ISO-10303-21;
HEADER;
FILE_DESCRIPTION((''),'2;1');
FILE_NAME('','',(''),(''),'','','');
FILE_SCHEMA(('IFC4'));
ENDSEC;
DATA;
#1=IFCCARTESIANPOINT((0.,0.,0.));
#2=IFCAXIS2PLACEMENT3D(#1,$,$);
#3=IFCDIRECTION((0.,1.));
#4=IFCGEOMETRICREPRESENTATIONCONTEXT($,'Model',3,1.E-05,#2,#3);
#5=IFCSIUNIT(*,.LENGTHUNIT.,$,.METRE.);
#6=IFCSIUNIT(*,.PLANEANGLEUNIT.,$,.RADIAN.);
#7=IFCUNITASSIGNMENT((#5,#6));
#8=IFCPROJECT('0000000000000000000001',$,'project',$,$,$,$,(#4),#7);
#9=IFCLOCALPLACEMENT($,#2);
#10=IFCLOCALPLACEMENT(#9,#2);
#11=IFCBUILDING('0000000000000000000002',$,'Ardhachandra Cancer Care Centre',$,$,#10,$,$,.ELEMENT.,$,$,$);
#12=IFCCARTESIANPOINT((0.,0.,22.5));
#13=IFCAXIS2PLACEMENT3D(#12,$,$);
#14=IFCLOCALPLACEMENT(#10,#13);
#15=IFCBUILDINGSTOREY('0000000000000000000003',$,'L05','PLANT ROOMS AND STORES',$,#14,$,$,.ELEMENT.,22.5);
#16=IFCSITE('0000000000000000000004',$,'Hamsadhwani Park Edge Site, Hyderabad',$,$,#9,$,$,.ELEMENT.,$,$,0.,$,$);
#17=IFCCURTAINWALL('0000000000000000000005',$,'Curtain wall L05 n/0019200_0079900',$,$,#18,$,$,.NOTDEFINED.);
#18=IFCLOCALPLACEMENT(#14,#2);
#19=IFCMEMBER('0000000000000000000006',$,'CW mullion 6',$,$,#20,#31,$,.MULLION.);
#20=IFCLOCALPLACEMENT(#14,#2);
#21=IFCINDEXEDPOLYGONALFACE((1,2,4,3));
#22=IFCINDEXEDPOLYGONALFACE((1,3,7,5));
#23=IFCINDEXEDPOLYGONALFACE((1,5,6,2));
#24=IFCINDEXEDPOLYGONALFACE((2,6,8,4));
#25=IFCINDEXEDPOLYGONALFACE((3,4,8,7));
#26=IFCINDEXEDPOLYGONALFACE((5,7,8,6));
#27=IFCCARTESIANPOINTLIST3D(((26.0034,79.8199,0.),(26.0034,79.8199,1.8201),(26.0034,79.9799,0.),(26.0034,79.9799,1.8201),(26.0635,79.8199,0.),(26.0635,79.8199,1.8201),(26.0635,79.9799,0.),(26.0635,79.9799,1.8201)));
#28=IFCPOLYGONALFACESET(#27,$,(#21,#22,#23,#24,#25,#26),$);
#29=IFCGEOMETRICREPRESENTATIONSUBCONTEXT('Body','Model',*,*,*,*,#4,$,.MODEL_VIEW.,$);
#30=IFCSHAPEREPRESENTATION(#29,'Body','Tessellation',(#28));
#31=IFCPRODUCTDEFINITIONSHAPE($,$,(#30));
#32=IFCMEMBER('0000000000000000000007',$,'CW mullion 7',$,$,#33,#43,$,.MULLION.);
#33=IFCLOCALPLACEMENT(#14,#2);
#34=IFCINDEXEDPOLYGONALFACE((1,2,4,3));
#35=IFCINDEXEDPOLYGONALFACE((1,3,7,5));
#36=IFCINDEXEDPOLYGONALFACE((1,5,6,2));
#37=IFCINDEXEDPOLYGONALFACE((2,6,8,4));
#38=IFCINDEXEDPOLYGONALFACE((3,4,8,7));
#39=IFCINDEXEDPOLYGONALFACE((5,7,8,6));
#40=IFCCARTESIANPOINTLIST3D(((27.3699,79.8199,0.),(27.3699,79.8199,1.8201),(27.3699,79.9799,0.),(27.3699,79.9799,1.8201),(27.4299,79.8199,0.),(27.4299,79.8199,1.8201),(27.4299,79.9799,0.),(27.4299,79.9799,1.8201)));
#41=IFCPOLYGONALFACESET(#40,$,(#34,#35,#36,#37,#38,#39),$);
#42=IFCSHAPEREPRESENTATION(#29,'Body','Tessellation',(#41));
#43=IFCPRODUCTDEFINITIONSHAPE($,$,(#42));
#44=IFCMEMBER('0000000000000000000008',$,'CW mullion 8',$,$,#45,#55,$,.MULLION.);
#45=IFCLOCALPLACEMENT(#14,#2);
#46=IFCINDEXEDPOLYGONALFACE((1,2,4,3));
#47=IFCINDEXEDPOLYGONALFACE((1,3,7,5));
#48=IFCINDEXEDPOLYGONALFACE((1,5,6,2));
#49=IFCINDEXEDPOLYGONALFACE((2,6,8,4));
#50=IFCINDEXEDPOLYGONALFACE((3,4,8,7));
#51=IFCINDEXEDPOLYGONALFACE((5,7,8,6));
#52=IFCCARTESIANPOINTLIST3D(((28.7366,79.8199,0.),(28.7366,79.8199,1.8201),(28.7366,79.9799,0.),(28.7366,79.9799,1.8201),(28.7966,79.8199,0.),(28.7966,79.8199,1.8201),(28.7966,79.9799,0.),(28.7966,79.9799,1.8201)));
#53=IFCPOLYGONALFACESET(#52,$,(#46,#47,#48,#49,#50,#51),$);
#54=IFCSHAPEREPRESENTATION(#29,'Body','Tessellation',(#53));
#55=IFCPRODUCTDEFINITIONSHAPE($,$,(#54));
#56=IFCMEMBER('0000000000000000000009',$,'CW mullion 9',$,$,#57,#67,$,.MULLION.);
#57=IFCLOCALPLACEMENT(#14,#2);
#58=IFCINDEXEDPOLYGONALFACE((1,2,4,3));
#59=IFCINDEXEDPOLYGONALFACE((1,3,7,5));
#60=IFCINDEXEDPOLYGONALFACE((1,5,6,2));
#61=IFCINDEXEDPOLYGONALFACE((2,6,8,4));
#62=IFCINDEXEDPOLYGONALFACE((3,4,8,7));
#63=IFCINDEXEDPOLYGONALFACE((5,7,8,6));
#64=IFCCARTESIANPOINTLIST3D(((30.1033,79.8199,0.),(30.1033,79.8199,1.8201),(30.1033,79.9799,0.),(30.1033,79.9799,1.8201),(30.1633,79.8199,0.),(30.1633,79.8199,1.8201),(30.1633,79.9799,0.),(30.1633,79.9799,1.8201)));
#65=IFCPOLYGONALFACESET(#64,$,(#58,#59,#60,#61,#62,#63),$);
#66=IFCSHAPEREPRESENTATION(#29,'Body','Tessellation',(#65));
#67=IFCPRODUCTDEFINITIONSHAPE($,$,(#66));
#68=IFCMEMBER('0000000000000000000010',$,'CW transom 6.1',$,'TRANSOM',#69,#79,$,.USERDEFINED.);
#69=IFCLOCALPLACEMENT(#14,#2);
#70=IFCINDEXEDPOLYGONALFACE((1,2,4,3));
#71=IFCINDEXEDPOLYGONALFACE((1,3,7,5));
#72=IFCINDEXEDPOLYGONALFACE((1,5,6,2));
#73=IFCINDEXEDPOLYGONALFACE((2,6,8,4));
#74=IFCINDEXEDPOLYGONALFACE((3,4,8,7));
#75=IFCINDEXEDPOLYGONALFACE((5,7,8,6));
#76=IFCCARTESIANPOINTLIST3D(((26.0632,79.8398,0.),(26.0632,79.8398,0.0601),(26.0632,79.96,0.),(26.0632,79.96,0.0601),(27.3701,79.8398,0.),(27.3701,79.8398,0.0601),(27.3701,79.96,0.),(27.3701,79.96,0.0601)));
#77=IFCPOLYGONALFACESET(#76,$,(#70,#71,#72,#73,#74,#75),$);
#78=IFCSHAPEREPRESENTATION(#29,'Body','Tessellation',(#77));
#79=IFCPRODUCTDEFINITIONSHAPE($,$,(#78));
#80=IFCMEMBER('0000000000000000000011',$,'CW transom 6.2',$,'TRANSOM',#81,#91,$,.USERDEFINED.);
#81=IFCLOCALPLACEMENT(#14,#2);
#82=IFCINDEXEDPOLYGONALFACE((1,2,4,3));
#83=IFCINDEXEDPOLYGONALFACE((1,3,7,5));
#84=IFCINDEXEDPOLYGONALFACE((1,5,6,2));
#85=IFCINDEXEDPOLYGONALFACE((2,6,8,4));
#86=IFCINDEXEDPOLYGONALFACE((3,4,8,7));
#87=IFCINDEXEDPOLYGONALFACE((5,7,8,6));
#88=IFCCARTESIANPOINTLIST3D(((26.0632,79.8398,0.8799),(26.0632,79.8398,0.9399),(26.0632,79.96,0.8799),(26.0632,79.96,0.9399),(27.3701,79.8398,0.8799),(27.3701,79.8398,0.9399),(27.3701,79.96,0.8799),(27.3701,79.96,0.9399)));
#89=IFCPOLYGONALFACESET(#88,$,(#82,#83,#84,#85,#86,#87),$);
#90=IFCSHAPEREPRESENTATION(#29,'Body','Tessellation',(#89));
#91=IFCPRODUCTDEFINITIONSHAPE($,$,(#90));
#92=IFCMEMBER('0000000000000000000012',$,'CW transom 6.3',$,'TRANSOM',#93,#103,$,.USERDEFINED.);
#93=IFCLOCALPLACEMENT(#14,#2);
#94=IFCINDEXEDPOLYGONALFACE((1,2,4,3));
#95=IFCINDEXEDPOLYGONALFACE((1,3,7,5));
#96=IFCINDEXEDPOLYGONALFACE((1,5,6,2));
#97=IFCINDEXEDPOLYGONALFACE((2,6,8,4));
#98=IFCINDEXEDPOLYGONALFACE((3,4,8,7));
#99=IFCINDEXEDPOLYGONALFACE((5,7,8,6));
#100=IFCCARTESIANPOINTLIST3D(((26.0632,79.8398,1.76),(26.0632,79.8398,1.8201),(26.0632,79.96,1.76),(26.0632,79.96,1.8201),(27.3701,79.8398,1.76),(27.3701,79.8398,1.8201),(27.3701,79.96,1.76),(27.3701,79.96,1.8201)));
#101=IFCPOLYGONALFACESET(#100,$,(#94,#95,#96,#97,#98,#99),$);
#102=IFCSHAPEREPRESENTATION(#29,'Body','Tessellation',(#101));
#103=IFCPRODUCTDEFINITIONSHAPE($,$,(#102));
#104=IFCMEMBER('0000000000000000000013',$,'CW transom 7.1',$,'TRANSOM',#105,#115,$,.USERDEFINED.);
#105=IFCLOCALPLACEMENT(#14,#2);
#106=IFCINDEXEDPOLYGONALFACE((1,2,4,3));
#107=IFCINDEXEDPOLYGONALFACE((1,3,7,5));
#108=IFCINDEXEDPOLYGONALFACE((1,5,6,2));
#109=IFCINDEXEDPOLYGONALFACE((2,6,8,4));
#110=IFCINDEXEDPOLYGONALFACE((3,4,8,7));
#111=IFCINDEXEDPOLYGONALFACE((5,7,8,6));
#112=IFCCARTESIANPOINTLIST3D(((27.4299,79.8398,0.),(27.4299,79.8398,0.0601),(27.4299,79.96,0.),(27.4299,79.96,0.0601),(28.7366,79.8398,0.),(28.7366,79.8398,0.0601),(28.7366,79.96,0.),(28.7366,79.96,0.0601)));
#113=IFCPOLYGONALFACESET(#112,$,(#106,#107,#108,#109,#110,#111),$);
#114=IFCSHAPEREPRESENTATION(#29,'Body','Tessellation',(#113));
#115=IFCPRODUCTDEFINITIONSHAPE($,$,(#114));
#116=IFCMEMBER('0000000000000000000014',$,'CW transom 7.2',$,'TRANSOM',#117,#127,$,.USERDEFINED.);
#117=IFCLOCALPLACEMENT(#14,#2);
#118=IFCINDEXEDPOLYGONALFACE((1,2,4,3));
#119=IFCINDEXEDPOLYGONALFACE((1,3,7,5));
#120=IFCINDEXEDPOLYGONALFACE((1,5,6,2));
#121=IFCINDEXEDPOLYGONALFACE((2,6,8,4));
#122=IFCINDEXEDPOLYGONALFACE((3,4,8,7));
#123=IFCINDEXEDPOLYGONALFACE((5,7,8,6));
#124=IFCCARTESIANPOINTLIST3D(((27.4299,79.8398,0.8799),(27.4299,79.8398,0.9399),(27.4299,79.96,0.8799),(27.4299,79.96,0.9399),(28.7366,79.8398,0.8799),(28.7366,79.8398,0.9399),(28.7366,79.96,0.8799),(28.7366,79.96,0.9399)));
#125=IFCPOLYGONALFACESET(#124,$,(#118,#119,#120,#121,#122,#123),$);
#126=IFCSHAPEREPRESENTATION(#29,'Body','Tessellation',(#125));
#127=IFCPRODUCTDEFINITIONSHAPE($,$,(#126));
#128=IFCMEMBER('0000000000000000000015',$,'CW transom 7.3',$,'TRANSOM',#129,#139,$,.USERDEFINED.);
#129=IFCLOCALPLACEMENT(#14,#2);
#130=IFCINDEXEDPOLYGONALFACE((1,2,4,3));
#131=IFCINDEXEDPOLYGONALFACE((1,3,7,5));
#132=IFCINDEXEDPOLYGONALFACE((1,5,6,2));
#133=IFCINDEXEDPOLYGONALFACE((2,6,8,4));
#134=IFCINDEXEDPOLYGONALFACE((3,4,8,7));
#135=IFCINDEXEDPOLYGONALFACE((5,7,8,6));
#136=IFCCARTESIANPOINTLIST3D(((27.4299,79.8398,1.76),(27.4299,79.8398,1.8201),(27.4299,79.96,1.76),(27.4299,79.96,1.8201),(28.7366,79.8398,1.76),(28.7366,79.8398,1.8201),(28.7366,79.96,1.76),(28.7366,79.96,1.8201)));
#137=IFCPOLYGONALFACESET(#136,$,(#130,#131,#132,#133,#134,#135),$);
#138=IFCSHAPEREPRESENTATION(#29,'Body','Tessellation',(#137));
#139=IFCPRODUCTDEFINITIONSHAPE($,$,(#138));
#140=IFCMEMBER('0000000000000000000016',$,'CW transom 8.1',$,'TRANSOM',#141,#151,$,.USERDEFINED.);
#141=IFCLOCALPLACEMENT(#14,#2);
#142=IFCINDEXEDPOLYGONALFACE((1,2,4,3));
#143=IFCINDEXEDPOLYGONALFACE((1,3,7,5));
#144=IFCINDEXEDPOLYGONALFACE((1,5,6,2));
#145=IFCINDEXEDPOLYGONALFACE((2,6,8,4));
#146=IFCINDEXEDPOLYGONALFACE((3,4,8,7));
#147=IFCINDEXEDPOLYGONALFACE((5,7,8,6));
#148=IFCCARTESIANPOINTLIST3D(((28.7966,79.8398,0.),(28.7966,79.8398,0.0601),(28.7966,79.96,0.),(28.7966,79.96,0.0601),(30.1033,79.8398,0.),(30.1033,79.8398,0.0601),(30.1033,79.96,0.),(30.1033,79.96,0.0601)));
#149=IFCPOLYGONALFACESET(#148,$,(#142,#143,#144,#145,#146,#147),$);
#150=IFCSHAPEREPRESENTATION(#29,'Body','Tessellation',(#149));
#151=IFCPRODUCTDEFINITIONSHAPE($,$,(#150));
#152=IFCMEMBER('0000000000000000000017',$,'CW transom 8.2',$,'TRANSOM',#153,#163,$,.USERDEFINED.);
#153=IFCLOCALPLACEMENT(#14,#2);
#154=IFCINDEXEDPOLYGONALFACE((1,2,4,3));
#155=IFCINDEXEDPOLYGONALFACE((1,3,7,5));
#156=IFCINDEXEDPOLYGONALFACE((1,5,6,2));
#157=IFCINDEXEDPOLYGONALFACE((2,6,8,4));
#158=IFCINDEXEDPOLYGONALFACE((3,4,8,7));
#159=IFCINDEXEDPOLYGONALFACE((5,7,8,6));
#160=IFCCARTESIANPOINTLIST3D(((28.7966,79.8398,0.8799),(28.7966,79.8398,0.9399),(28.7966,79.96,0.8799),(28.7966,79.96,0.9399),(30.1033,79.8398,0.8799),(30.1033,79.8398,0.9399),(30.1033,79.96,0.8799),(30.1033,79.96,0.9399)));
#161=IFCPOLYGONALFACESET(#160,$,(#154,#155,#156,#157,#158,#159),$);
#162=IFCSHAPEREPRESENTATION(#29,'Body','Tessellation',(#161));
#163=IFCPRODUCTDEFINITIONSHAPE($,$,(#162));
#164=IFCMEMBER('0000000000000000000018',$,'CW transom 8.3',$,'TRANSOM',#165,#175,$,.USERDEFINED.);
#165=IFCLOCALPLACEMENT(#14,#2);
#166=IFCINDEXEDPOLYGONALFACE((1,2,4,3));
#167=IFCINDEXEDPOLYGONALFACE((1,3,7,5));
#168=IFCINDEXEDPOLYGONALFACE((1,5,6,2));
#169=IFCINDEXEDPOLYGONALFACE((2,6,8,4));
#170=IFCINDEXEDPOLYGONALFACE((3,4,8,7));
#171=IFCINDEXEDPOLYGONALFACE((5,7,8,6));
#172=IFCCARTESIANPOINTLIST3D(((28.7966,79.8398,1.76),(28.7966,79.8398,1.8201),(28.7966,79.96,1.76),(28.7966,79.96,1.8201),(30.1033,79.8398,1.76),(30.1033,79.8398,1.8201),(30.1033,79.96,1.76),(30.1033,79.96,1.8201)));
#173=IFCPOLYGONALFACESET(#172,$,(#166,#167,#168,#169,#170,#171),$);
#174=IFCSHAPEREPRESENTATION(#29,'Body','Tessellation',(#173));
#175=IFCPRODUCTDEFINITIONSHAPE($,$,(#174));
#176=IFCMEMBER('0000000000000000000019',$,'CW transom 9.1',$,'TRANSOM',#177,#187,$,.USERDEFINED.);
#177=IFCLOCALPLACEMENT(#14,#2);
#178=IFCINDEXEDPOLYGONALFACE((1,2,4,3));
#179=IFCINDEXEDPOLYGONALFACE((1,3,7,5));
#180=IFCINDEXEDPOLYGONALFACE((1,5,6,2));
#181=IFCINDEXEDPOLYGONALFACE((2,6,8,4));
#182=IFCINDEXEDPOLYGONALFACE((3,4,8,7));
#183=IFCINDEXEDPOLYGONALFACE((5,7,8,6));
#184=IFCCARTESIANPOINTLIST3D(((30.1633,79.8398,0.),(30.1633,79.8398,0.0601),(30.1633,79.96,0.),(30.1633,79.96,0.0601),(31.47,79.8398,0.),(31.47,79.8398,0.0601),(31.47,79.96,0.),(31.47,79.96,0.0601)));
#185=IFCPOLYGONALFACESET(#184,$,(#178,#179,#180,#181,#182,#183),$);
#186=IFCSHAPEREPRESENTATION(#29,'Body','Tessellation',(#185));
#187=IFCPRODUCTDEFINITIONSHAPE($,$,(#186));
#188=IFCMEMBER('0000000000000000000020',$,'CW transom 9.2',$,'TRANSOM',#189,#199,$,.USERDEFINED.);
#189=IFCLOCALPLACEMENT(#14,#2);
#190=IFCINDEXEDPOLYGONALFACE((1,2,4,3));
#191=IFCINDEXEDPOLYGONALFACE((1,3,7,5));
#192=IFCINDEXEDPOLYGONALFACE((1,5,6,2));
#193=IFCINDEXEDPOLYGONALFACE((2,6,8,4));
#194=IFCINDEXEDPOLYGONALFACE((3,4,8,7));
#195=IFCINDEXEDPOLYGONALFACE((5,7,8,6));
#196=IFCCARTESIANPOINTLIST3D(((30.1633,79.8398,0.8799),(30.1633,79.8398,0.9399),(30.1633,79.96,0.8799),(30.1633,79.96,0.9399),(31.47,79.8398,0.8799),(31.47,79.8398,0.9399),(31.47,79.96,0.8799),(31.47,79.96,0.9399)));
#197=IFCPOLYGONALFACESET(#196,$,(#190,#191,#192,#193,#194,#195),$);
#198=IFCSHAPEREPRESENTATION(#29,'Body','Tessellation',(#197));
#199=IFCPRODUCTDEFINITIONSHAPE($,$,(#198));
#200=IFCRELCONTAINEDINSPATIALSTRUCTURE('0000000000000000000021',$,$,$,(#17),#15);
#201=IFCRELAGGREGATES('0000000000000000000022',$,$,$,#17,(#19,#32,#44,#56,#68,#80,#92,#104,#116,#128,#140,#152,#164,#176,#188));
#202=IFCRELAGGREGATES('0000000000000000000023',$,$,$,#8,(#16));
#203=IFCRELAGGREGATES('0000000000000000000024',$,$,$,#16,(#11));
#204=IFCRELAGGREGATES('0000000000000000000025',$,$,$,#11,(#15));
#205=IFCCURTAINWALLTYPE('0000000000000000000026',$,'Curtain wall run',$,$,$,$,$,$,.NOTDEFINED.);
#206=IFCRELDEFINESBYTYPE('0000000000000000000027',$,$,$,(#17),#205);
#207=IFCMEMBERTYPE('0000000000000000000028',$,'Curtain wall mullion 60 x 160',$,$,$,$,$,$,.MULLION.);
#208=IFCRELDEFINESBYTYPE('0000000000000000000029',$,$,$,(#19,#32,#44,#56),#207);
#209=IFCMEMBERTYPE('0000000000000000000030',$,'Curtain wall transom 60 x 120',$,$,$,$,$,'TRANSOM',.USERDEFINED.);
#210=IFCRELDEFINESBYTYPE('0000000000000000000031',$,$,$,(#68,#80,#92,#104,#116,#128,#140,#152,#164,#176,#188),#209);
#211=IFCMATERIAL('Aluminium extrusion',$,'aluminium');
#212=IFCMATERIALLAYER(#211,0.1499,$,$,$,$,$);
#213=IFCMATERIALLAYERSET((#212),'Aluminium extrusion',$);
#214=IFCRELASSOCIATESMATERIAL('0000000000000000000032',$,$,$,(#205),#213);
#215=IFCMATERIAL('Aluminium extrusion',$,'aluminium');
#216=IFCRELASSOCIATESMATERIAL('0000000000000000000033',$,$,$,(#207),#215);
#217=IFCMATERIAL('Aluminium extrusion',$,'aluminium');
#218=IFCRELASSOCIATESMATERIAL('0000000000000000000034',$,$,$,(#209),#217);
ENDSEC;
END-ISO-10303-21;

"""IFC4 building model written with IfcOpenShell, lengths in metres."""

from ifc_helpers import new_model, si_unit, direction, frame, origin, origin_2d, place, context, subcontext, project, spatial, rectangle, extrude, material, layer, layer_set, material_profile, profile_set, type_object, element, aggregate, save


model = new_model("IFC4")

# Units and contexts
model_context = context("Model", 3, precision=1e-05, world=origin(), true_north=direction((0.0, 1.0)))
body_context = subcontext(model_context, "Body", "Model", "MODEL_VIEW")
ifc_project = project(units=[si_unit("LENGTHUNIT", "METRE"), si_unit("PLANEANGLEUNIT", "RADIAN")], contexts=[model_context])

# Site, building, storey
site_placement = place(None, origin())
site = spatial("IfcSite", under=ifc_project, at=site_placement, Name="Hamsadhwani Park Edge Site, Hyderabad", CompositionType="ELEMENT", RefElevation=0.0)
building_placement = place(site_placement, origin())
building = spatial("IfcBuilding", under=site, at=building_placement, Name="Ardhachandra Cancer Care Centre", CompositionType="ELEMENT")
storey_placement = place(building_placement, frame((0.0, 0.0, 22.5)))
storey = spatial("IfcBuildingStorey", under=building, at=storey_placement, Name="L05", Description="PLANT ROOMS AND STORES", CompositionType="ELEMENT", Elevation=22.5)

# Curtain wall, members
ifc_material_1 = material(Name="Aluminium extrusion", Category="aluminium")
ifc_layer_1 = layer(ifc_material_1, 0.1499)
ifc_layer_set_1 = layer_set([ifc_layer_1], Name="Aluminium extrusion")
curtain_wall_type = type_object("IfcCurtainWallType", Name="Curtain wall run", PredefinedType="NOTDEFINED", material=ifc_layer_set_1)
curtain_wall_placement = place(storey_placement, origin())
curtain_wall = element("IfcCurtainWall", 1, at=curtain_wall_placement, inside=storey, type_object=curtain_wall_type, Name="Curtain wall L05 n/0019200_0079900", PredefinedType="NOTDEFINED")
ifc_material_2 = material(Name="Aluminium extrusion", Category="aluminium")
ifc_material_profile_1 = material_profile(ifc_material_2, rectangle(XDim=0.1599, YDim=0.0601, at=origin_2d()), Name="Curtain wall mullion 60 x 160")
ifc_profile_set_1 = profile_set([ifc_material_profile_1], Name="Aluminium extrusion")
member_type_1 = type_object("IfcMemberType", Name="Curtain wall mullion 60 x 160", PredefinedType="MULLION", material=ifc_profile_set_1)
member_1_placement = place(storey_placement, frame((26.0334, 79.8999, 0.0), z_axis=(0.0, 0.0, 1.0), x_axis=(0.0, 1.0, 0.0)))
member_1 = element("IfcMember", 2, at=member_1_placement, type_object=member_type_1, Name="CW mullion 6", PredefinedType="MULLION", context=body_context, shape_type="SweptSolid", body=[
    extrude(rectangle(XDim=0.1599, YDim=0.0601, at=origin_2d()), origin(), (0.0, 0.0, 1.0), 1.8201),
])
member_2_placement = place(storey_placement, frame((27.3999, 79.8999, 0.0), z_axis=(0.0, 0.0, 1.0), x_axis=(0.0, 1.0, 0.0)))
member_2 = element("IfcMember", 3, at=member_2_placement, type_object=member_type_1, Name="CW mullion 7", PredefinedType="MULLION", context=body_context, shape_type="SweptSolid", body=[
    extrude(rectangle(XDim=0.1599, YDim=0.0601, at=origin_2d()), origin(), (0.0, 0.0, 1.0), 1.8201),
])
member_3_placement = place(storey_placement, frame((28.7666, 79.8999, 0.0), z_axis=(0.0, 0.0, 1.0), x_axis=(0.0, 1.0, 0.0)))
member_3 = element("IfcMember", 4, at=member_3_placement, type_object=member_type_1, Name="CW mullion 8", PredefinedType="MULLION", context=body_context, shape_type="SweptSolid", body=[
    extrude(rectangle(XDim=0.1599, YDim=0.0601, at=origin_2d()), origin(), (0.0, 0.0, 1.0), 1.8201),
])
member_4_placement = place(storey_placement, frame((30.1333, 79.8999, 0.0), z_axis=(0.0, 0.0, 1.0), x_axis=(0.0, 1.0, 0.0)))
member_4 = element("IfcMember", 5, at=member_4_placement, type_object=member_type_1, Name="CW mullion 9", PredefinedType="MULLION", context=body_context, shape_type="SweptSolid", body=[
    extrude(rectangle(XDim=0.1599, YDim=0.0601, at=origin_2d()), origin(), (0.0, 0.0, 1.0), 1.8201),
])
ifc_material_3 = material(Name="Aluminium extrusion", Category="aluminium")
ifc_material_profile_2 = material_profile(ifc_material_3, rectangle(XDim=0.1201, YDim=0.0601, at=origin_2d()), Name="Curtain wall transom 60 x 120")
ifc_profile_set_2 = profile_set([ifc_material_profile_2], Name="Aluminium extrusion")
member_type_2 = type_object("IfcMemberType", Name="Curtain wall transom 60 x 120", ElementType="TRANSOM", PredefinedType="USERDEFINED", material=ifc_profile_set_2)
member_5_placement = place(storey_placement, frame((26.0632, 79.8999, 0.03), z_axis=(1.0, 0.0, 0.0), x_axis=(0.0, 1.0, 0.0)))
member_5 = element("IfcMember", 6, at=member_5_placement, type_object=member_type_2, Name="CW transom 6.1", ObjectType="TRANSOM", PredefinedType="USERDEFINED", context=body_context, shape_type="SweptSolid", body=[
    extrude(rectangle(XDim=0.1201, YDim=0.0601, at=origin_2d()), origin(), (0.0, 0.0, 1.0), 1.3069),
])
member_6_placement = place(storey_placement, frame((26.0632, 79.8999, 0.9099), z_axis=(1.0, 0.0, 0.0), x_axis=(0.0, 1.0, 0.0)))
member_6 = element("IfcMember", 7, at=member_6_placement, type_object=member_type_2, Name="CW transom 6.2", ObjectType="TRANSOM", PredefinedType="USERDEFINED", context=body_context, shape_type="SweptSolid", body=[
    extrude(rectangle(XDim=0.1201, YDim=0.0601, at=origin_2d()), origin(), (0.0, 0.0, 1.0), 1.3069),
])
member_7_placement = place(storey_placement, frame((26.0632, 79.8999, 1.79), z_axis=(1.0, 0.0, 0.0), x_axis=(0.0, 1.0, 0.0)))
member_7 = element("IfcMember", 8, at=member_7_placement, type_object=member_type_2, Name="CW transom 6.3", ObjectType="TRANSOM", PredefinedType="USERDEFINED", context=body_context, shape_type="SweptSolid", body=[
    extrude(rectangle(XDim=0.1201, YDim=0.0601, at=origin_2d()), origin(), (0.0, 0.0, 1.0), 1.3069),
])
member_8_placement = place(storey_placement, frame((27.4299, 79.8999, 0.03), z_axis=(1.0, 0.0, 0.0), x_axis=(0.0, 1.0, 0.0)))
member_8 = element("IfcMember", 9, at=member_8_placement, type_object=member_type_2, Name="CW transom 7.1", ObjectType="TRANSOM", PredefinedType="USERDEFINED", context=body_context, shape_type="SweptSolid", body=[
    extrude(rectangle(XDim=0.1201, YDim=0.0601, at=origin_2d()), origin(), (0.0, 0.0, 1.0), 1.3066),
])
member_9_placement = place(storey_placement, frame((27.4299, 79.8999, 0.9099), z_axis=(1.0, 0.0, 0.0), x_axis=(0.0, 1.0, 0.0)))
member_9 = element("IfcMember", 10, at=member_9_placement, type_object=member_type_2, Name="CW transom 7.2", ObjectType="TRANSOM", PredefinedType="USERDEFINED", context=body_context, shape_type="SweptSolid", body=[
    extrude(rectangle(XDim=0.1201, YDim=0.0601, at=origin_2d()), origin(), (0.0, 0.0, 1.0), 1.3066),
])
member_10_placement = place(storey_placement, frame((27.4299, 79.8999, 1.79), z_axis=(1.0, 0.0, 0.0), x_axis=(0.0, 1.0, 0.0)))
member_10 = element("IfcMember", 11, at=member_10_placement, type_object=member_type_2, Name="CW transom 7.3", ObjectType="TRANSOM", PredefinedType="USERDEFINED", context=body_context, shape_type="SweptSolid", body=[
    extrude(rectangle(XDim=0.1201, YDim=0.0601, at=origin_2d()), origin(), (0.0, 0.0, 1.0), 1.3066),
])
member_11_placement = place(storey_placement, frame((28.7966, 79.8999, 0.03), z_axis=(1.0, 0.0, 0.0), x_axis=(0.0, 1.0, 0.0)))
member_11 = element("IfcMember", 12, at=member_11_placement, type_object=member_type_2, Name="CW transom 8.1", ObjectType="TRANSOM", PredefinedType="USERDEFINED", context=body_context, shape_type="SweptSolid", body=[
    extrude(rectangle(XDim=0.1201, YDim=0.0601, at=origin_2d()), origin(), (0.0, 0.0, 1.0), 1.3066),
])
member_12_placement = place(storey_placement, frame((28.7966, 79.8999, 0.9099), z_axis=(1.0, 0.0, 0.0), x_axis=(0.0, 1.0, 0.0)))
member_12 = element("IfcMember", 13, at=member_12_placement, type_object=member_type_2, Name="CW transom 8.2", ObjectType="TRANSOM", PredefinedType="USERDEFINED", context=body_context, shape_type="SweptSolid", body=[
    extrude(rectangle(XDim=0.1201, YDim=0.0601, at=origin_2d()), origin(), (0.0, 0.0, 1.0), 1.3066),
])
member_13_placement = place(storey_placement, frame((28.7966, 79.8999, 1.79), z_axis=(1.0, 0.0, 0.0), x_axis=(0.0, 1.0, 0.0)))
member_13 = element("IfcMember", 14, at=member_13_placement, type_object=member_type_2, Name="CW transom 8.3", ObjectType="TRANSOM", PredefinedType="USERDEFINED", context=body_context, shape_type="SweptSolid", body=[
    extrude(rectangle(XDim=0.1201, YDim=0.0601, at=origin_2d()), origin(), (0.0, 0.0, 1.0), 1.3066),
])
member_14_placement = place(storey_placement, frame((30.1633, 79.8999, 0.03), z_axis=(1.0, 0.0, 0.0), x_axis=(0.0, 1.0, 0.0)))
member_14 = element("IfcMember", 15, at=member_14_placement, type_object=member_type_2, Name="CW transom 9.1", ObjectType="TRANSOM", PredefinedType="USERDEFINED", context=body_context, shape_type="SweptSolid", body=[
    extrude(rectangle(XDim=0.1201, YDim=0.0601, at=origin_2d()), origin(), (0.0, 0.0, 1.0), 1.3066),
])
member_15_placement = place(storey_placement, frame((30.1633, 79.8999, 0.9099), z_axis=(1.0, 0.0, 0.0), x_axis=(0.0, 1.0, 0.0)))
member_15 = element("IfcMember", 16, at=member_15_placement, type_object=member_type_2, Name="CW transom 9.2", ObjectType="TRANSOM", PredefinedType="USERDEFINED", context=body_context, shape_type="SweptSolid", body=[
    extrude(rectangle(XDim=0.1201, YDim=0.0601, at=origin_2d()), origin(), (0.0, 0.0, 1.0), 1.3066),
])
aggregate(curtain_wall, [member_1, member_2, member_3, member_4, member_5, member_6, member_7, member_8, member_9, member_10, member_11, member_12, member_13, member_14, member_15])

save(model, "model.ifc")
